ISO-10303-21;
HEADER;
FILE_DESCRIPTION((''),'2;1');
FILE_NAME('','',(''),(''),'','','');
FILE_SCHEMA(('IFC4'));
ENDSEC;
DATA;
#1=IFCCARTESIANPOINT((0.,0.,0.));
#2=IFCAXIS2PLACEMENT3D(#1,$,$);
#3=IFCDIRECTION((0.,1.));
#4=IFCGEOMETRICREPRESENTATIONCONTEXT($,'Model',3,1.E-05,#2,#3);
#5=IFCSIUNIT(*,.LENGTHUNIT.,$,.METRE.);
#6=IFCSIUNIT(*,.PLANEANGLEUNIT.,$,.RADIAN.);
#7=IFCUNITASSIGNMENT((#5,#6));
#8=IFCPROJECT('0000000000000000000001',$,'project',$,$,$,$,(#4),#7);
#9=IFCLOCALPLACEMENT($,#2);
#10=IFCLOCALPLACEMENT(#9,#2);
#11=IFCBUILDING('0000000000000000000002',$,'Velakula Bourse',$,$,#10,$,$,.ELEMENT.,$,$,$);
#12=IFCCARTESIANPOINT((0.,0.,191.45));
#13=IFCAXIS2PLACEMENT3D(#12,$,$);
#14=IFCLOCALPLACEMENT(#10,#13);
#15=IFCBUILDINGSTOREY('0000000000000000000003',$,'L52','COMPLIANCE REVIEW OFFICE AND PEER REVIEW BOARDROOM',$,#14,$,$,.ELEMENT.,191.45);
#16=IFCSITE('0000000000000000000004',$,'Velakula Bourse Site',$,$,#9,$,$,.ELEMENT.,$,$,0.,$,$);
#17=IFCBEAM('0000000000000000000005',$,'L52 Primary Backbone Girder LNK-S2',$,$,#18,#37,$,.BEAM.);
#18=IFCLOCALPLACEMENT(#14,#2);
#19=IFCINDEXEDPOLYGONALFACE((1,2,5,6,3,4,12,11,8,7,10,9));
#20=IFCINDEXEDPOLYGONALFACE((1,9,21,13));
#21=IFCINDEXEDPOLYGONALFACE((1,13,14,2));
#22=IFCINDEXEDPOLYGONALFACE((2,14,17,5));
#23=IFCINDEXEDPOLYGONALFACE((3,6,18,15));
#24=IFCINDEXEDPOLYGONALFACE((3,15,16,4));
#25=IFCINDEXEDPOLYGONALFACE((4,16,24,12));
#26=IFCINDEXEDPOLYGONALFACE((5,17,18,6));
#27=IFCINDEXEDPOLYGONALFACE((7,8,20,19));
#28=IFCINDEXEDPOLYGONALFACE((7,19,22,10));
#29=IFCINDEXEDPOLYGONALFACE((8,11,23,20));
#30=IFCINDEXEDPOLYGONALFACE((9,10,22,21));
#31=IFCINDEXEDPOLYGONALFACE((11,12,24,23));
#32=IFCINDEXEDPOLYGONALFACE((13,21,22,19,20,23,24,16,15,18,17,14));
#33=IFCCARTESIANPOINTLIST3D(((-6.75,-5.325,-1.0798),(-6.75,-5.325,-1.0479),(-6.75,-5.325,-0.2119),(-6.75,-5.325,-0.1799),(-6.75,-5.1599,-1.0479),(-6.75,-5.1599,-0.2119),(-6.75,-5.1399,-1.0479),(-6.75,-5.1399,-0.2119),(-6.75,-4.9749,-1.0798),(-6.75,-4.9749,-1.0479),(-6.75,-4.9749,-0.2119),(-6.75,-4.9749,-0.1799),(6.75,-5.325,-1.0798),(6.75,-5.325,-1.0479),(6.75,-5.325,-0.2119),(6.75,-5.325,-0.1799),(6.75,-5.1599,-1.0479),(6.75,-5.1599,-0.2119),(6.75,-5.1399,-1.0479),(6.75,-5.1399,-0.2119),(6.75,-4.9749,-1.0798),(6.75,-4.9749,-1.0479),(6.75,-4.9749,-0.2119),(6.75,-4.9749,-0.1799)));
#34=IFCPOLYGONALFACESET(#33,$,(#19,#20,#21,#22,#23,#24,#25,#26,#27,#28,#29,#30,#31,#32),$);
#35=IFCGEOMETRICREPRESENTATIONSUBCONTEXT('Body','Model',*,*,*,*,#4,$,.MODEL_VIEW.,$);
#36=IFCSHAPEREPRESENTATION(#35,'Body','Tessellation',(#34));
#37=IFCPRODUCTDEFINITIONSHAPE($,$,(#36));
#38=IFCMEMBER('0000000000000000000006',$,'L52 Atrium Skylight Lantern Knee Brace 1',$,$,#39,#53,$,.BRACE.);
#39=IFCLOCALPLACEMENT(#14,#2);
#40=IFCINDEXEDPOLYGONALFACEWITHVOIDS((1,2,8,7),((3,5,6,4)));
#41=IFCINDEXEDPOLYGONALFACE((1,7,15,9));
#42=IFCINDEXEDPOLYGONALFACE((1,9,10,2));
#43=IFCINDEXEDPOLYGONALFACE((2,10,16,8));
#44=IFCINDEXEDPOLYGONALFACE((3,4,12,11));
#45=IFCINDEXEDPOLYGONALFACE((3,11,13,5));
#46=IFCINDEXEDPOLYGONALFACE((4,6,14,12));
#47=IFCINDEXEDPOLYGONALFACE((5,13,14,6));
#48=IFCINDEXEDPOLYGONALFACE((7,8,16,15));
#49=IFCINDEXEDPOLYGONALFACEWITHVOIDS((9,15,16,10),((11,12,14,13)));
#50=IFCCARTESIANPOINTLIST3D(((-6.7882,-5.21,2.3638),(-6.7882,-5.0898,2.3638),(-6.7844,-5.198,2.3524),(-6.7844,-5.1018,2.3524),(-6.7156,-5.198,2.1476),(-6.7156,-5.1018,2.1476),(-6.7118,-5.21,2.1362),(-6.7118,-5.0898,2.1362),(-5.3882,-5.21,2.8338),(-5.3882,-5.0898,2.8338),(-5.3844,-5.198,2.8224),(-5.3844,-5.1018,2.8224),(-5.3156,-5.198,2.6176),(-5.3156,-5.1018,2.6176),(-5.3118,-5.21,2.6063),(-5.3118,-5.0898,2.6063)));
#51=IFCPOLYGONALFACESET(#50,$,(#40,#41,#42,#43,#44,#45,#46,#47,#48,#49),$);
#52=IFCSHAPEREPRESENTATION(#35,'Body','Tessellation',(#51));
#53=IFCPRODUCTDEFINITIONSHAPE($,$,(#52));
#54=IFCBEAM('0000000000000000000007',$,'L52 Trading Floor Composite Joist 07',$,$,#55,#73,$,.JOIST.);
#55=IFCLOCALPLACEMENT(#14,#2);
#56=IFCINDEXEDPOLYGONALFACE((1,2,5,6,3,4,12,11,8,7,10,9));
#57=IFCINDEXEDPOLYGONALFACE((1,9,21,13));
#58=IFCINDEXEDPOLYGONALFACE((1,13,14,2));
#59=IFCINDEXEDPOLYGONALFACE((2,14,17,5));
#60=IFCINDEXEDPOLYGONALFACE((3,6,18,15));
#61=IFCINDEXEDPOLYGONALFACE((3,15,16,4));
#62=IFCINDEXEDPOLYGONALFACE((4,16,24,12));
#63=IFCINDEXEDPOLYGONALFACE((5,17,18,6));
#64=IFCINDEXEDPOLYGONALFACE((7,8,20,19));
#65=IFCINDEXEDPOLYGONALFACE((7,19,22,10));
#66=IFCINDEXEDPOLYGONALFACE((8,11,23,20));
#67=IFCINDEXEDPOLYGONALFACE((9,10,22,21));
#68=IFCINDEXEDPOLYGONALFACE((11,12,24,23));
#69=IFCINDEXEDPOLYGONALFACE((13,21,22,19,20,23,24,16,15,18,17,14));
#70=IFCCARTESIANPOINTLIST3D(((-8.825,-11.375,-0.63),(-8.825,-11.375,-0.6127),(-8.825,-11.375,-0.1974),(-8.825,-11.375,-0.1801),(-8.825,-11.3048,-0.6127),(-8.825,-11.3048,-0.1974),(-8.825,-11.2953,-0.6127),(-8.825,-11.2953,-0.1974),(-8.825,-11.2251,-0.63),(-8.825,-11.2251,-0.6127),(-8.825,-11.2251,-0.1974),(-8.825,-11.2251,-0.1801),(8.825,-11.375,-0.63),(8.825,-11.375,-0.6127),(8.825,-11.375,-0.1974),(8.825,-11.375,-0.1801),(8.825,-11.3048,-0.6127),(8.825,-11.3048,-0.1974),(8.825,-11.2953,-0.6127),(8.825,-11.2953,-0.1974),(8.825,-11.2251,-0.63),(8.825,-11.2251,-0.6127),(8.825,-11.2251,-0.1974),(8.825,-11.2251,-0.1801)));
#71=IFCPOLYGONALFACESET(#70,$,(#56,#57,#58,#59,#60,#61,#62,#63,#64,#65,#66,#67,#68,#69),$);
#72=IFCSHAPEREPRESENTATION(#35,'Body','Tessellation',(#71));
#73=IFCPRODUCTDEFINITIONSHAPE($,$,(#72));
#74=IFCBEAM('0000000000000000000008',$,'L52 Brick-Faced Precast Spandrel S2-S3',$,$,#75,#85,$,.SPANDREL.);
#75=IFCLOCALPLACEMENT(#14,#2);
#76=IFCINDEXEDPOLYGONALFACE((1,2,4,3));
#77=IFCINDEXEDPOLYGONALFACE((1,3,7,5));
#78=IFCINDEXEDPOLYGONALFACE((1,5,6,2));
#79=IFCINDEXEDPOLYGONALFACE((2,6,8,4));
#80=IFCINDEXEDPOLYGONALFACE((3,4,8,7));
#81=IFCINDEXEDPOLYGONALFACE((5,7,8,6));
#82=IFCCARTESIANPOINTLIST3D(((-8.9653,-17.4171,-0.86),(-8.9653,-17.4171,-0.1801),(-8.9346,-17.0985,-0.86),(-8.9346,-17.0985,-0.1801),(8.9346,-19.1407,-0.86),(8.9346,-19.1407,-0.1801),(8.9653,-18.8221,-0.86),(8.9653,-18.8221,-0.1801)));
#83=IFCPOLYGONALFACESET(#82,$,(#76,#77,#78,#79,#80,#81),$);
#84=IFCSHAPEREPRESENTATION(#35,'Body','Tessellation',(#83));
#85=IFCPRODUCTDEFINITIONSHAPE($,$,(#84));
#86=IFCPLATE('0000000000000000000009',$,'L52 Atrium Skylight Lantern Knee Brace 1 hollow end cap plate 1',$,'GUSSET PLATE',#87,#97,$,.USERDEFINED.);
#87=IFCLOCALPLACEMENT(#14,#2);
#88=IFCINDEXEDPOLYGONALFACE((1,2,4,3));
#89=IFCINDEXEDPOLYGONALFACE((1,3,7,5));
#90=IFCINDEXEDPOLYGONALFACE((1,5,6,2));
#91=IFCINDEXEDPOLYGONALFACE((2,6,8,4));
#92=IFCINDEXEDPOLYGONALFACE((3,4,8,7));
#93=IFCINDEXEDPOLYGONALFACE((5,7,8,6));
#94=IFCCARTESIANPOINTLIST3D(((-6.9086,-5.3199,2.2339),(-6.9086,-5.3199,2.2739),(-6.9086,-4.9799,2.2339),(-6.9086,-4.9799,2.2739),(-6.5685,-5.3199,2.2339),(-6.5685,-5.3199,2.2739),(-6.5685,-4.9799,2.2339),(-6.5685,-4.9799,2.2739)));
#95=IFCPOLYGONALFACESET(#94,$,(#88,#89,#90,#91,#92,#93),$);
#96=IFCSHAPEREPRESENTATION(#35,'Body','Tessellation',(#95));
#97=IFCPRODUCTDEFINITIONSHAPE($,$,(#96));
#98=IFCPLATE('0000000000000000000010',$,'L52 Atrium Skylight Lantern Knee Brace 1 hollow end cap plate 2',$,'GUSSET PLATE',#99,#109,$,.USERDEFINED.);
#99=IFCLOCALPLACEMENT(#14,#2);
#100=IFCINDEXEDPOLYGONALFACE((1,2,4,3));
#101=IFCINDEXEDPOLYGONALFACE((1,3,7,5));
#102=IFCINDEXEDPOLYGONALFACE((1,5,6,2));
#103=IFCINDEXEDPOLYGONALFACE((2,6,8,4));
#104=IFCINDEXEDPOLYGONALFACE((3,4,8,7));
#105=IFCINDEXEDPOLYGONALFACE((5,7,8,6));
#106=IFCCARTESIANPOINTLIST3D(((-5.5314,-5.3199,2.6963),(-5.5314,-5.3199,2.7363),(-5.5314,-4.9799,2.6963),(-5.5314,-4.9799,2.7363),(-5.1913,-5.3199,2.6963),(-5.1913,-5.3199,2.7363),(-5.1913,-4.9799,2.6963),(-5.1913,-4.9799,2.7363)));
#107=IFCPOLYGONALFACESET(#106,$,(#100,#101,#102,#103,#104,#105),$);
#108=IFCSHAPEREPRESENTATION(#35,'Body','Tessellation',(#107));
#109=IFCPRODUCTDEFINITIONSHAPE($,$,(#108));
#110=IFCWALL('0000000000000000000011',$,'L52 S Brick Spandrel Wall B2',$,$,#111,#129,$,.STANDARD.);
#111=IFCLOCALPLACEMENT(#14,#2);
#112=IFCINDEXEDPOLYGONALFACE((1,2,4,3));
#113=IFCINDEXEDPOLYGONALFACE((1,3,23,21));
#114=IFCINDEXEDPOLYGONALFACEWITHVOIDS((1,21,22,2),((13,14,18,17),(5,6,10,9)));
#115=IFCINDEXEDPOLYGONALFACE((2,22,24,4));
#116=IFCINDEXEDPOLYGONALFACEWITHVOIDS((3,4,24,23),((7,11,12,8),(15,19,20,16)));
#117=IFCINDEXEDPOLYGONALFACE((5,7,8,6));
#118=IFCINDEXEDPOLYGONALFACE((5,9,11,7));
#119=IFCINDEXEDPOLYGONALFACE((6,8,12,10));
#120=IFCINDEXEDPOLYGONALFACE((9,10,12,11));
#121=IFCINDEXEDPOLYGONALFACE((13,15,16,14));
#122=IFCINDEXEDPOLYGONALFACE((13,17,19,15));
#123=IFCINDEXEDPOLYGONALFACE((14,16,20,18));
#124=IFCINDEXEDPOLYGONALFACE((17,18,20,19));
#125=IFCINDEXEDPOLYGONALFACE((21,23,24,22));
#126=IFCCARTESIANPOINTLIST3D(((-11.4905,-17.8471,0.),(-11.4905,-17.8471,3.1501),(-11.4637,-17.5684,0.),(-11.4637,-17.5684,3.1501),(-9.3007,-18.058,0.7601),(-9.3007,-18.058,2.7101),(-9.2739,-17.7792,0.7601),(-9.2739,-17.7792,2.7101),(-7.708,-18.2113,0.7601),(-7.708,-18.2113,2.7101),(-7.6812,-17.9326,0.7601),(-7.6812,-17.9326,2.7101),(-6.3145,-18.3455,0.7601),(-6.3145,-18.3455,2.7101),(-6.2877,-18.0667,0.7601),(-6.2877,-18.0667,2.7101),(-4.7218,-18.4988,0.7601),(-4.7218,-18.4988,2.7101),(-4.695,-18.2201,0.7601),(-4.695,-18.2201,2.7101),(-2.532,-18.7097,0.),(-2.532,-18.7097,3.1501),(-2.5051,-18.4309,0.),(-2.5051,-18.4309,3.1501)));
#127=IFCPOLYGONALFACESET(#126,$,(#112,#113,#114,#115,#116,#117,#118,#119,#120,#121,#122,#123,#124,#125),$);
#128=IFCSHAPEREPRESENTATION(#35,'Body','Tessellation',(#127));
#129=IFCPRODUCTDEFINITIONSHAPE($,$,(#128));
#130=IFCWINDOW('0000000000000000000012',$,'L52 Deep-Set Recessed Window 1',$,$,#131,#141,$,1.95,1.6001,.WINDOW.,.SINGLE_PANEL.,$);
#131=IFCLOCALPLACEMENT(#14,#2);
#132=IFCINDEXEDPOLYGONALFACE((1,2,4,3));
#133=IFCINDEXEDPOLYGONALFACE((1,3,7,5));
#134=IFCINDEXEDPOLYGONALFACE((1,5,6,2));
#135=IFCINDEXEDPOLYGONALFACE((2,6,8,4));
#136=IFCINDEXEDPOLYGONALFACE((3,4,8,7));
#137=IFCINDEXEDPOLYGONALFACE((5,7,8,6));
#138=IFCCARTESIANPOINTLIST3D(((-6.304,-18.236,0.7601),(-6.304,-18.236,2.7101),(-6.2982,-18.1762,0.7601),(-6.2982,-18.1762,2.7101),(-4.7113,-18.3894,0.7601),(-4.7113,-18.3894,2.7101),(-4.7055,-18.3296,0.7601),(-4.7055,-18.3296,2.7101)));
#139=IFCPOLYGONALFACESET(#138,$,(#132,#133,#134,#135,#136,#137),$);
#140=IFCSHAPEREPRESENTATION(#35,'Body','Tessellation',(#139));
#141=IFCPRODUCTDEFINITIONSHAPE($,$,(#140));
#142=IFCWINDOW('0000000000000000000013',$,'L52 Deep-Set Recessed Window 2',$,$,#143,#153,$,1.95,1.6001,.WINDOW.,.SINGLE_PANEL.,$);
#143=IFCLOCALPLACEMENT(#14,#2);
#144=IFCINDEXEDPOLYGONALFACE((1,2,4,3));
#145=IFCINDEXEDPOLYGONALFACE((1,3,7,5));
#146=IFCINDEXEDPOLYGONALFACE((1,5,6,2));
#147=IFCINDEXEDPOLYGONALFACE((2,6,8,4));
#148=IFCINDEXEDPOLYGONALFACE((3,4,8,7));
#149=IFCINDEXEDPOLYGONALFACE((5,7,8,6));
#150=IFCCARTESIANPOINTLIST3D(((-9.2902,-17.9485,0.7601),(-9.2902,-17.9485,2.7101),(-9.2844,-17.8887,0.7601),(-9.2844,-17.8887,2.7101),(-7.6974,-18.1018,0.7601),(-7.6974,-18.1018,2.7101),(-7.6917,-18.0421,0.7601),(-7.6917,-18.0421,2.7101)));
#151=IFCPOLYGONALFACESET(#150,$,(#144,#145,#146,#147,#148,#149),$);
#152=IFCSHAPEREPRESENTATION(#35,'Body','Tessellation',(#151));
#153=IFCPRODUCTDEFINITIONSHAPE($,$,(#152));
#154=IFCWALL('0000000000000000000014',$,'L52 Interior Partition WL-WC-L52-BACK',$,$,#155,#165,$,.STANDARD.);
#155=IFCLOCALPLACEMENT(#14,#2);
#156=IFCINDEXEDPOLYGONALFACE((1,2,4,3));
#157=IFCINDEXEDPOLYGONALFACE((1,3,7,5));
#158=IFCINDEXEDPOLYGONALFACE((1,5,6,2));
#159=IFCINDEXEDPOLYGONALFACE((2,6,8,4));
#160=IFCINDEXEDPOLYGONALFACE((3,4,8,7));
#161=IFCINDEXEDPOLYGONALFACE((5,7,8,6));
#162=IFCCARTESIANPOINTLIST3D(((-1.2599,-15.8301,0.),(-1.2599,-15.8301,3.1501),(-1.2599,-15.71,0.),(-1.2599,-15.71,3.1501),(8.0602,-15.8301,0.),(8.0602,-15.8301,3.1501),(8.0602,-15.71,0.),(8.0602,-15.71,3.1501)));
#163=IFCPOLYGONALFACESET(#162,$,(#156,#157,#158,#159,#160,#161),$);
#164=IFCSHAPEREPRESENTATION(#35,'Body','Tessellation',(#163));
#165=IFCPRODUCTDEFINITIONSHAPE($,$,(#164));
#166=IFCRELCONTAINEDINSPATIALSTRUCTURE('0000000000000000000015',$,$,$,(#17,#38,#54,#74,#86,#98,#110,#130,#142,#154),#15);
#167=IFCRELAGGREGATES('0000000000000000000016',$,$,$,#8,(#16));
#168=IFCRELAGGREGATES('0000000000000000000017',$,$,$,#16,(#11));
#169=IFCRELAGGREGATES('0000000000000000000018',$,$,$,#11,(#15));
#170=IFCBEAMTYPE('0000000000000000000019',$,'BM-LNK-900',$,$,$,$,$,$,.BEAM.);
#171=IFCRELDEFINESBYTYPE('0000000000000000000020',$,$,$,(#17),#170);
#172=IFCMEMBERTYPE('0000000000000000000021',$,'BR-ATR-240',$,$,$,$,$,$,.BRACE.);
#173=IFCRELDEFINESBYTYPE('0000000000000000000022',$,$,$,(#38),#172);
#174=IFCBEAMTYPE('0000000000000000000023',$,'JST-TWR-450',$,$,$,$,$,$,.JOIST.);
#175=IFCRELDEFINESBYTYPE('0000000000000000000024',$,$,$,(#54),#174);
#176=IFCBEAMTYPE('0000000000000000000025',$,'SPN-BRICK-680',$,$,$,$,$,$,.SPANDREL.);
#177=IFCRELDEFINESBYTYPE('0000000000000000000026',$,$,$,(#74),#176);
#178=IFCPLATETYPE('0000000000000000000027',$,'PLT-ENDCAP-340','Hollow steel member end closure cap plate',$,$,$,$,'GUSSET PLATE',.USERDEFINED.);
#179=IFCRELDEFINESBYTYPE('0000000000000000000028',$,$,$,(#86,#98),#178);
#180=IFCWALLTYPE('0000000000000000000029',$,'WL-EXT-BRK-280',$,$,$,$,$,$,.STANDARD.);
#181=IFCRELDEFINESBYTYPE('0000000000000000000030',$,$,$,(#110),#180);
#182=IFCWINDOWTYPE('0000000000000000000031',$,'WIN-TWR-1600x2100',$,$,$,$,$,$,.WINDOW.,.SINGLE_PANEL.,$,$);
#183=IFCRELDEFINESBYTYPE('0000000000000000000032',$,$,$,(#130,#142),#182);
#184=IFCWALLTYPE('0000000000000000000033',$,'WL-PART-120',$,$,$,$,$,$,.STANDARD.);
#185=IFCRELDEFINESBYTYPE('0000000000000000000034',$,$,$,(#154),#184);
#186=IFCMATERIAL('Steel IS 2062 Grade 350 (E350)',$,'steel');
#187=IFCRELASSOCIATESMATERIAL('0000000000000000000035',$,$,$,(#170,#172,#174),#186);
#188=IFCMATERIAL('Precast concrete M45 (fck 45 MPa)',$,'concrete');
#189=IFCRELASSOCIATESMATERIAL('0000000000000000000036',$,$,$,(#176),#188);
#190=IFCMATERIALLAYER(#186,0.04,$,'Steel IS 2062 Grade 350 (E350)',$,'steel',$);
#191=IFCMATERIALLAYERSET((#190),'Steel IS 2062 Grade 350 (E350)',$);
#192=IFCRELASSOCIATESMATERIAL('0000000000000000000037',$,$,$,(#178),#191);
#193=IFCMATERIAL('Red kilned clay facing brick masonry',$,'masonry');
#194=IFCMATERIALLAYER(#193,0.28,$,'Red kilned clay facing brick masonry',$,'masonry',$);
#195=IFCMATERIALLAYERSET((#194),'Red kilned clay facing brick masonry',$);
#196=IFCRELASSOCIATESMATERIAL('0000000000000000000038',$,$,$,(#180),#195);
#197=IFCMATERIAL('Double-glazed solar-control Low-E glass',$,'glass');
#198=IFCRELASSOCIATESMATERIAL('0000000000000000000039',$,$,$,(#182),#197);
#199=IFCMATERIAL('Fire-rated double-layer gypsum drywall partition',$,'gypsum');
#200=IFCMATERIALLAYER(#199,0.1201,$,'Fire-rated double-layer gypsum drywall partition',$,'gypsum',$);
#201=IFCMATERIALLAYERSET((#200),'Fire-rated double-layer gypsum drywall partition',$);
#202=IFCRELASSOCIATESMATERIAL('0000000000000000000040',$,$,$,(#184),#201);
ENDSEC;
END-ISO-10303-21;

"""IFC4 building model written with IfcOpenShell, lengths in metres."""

from ifc_helpers import new_model, si_unit, direction, frame, frame_2d, origin, origin_2d, place, context, subcontext, project, spatial, rectangle, hollow_rectangle, i_section, extrude, material, layer, layer_set, material_profile, profile_set, type_object, element, fill, save


model = new_model("IFC4")

# Units and contexts
model_context = context("Model", 3, precision=1e-05, world=origin(), true_north=direction((0.0, 1.0)))
body_context = subcontext(model_context, "Body", "Model", "MODEL_VIEW")
ifc_project = project(units=[si_unit("LENGTHUNIT", "METRE"), si_unit("PLANEANGLEUNIT", "RADIAN")], contexts=[model_context])

# Site, building, storey
site_placement = place(None, origin())
site = spatial("IfcSite", under=ifc_project, at=site_placement, Name="Velakula Bourse Site", CompositionType="ELEMENT", RefElevation=0.0)
building_placement = place(site_placement, origin())
building = spatial("IfcBuilding", under=site, at=building_placement, Name="Velakula Bourse", CompositionType="ELEMENT")
storey_placement = place(building_placement, frame((0.0, 0.0, 191.45)))
storey = spatial("IfcBuildingStorey", under=building, at=storey_placement, Name="L52", Description="COMPLIANCE REVIEW OFFICE AND PEER REVIEW BOARDROOM", CompositionType="ELEMENT", Elevation=191.45)

# Shared definitions
ifc_material_1 = material(Name="Steel IS 2062 Grade 350 (E350)", Category="steel")

# Beam
ifc_material_profile_1 = material_profile(ifc_material_1, i_section(OverallWidth=0.3501, OverallDepth=0.8999, WebThickness=0.02, FlangeThickness=0.032, at=origin_2d()), Name="Steel IS 2062 Grade 350 (E350)")
ifc_profile_set_1 = profile_set([ifc_material_profile_1], Name="Steel IS 2062 Grade 350 (E350)")
beam_type_1 = type_object("IfcBeamType", Name="BM-LNK-900", PredefinedType="BEAM", material=ifc_profile_set_1)
beam_1_placement = place(storey_placement, frame((-6.75, -5.1499, -0.6299), z_axis=(1.0, 0.0, 0.0), x_axis=(0.0, 1.0, 0.0)))
element("IfcBeam", 1, at=beam_1_placement, inside=storey, type_object=beam_type_1, Name="L52 Primary Backbone Girder LNK-S2", PredefinedType="BEAM", context=body_context, shape_type="SweptSolid", body=[
    extrude(i_section(OverallWidth=0.3501, OverallDepth=0.8999, WebThickness=0.02, FlangeThickness=0.032, at=origin_2d()), origin(), (0.0, 0.0, 1.0), 13.5),
])

# Member
ifc_material_profile_2 = material_profile(ifc_material_1, hollow_rectangle(XDim=0.1201, YDim=0.24, WallThickness=0.012, at=origin_2d()), Name="Steel IS 2062 Grade 350 (E350)")
ifc_profile_set_2 = profile_set([ifc_material_profile_2], Name="Steel IS 2062 Grade 350 (E350)")
member_type = type_object("IfcMemberType", Name="BR-ATR-240", PredefinedType="BRACE", material=ifc_profile_set_2)
member_placement = place(storey_placement, frame((-6.75, -5.1499, 2.25), z_axis=(0.948003, 0.0, 0.318261), x_axis=(0.0, 1.0, 0.0)))
element("IfcMember", 2, at=member_placement, inside=storey, type_object=member_type, Name="L52 Atrium Skylight Lantern Knee Brace 1", PredefinedType="BRACE", context=body_context, shape_type="SweptSolid", body=[
    extrude(hollow_rectangle(XDim=0.1201, YDim=0.24, WallThickness=0.012, at=origin_2d()), origin(), (0.0, 0.0, 1.0), 1.4768),
])

# Beams
ifc_material_profile_3 = material_profile(ifc_material_1, i_section(OverallWidth=0.1499, OverallDepth=0.45, WebThickness=0.0095, FlangeThickness=0.0173, at=origin_2d()), Name="Steel IS 2062 Grade 350 (E350)")
ifc_profile_set_3 = profile_set([ifc_material_profile_3], Name="Steel IS 2062 Grade 350 (E350)")
beam_type_2 = type_object("IfcBeamType", Name="JST-TWR-450", PredefinedType="JOIST", material=ifc_profile_set_3)
beam_2_placement = place(storey_placement, frame((-8.825, -11.3, -0.405), z_axis=(1.0, 0.0, 0.0), x_axis=(0.0, 1.0, 0.0)))
element("IfcBeam", 3, at=beam_2_placement, inside=storey, type_object=beam_type_2, Name="L52 Trading Floor Composite Joist 07", PredefinedType="JOIST", context=body_context, shape_type="SweptSolid", body=[
    extrude(i_section(OverallWidth=0.1499, OverallDepth=0.45, WebThickness=0.0095, FlangeThickness=0.0173, at=origin_2d()), origin(), (0.0, 0.0, 1.0), 17.6499),
])
ifc_material_2 = material(Name="Precast concrete M45 (fck 45 MPa)", Category="concrete")
ifc_material_profile_4 = material_profile(ifc_material_2, rectangle(XDim=0.3201, YDim=0.6799, at=origin_2d()), Name="Precast concrete M45 (fck 45 MPa)")
ifc_profile_set_4 = profile_set([ifc_material_profile_4], Name="Precast concrete M45 (fck 45 MPa)")
beam_type_3 = type_object("IfcBeamType", Name="SPN-BRICK-680", PredefinedType="SPANDREL", material=ifc_profile_set_4)
beam_3_placement = place(storey_placement, frame((-8.95, -17.2578, -0.52), z_axis=(0.995396, -0.09585, 0.0), x_axis=(0.09585, 0.995396, 0.0)))
element("IfcBeam", 4, at=beam_3_placement, inside=storey, type_object=beam_type_3, Name="L52 Brick-Faced Precast Spandrel S2-S3", PredefinedType="SPANDREL", context=body_context, shape_type="SweptSolid", body=[
    extrude(rectangle(XDim=0.3201, YDim=0.6799, at=origin_2d()), origin(), (0.0, 0.0, 1.0), 17.9827),
])

# Plates
ifc_layer_1 = layer(ifc_material_1, 0.04, Name="Steel IS 2062 Grade 350 (E350)", Category="steel")
ifc_layer_set_1 = layer_set([ifc_layer_1], Name="Steel IS 2062 Grade 350 (E350)")
plate_type = type_object("IfcPlateType", Name="PLT-ENDCAP-340", Description="Hollow steel member end closure cap plate", ElementType="GUSSET PLATE", PredefinedType="USERDEFINED", material=ifc_layer_set_1)
for number, where, z_axis, x_axis, name in (
    (5, (-6.7385, -5.1499, 2.2339), (0.0, 0.0, 1.0), (1.0, 0.0, 0.0), "L52 Atrium Skylight Lantern Knee Brace 1 hollow end cap plate 1"),
    (6, (-5.3613, -5.1499, 2.6963), (0.0, 0.0, 1.0), (1.0, 0.0, 0.0), "L52 Atrium Skylight Lantern Knee Brace 1 hollow end cap plate 2"),
):
    element("IfcPlate", number, at=place(storey_placement, frame(where, z_axis=z_axis, x_axis=x_axis)), inside=storey, type_object=plate_type, Name=name, ObjectType="GUSSET PLATE", PredefinedType="USERDEFINED", context=body_context, shape_type="SweptSolid", body=[
        extrude(rectangle(XDim=0.3401, YDim=0.3401, at=origin_2d()), origin(), (0.0, 0.0, 1.0), 0.04),
    ])

# Wall, openings, windows
ifc_material_3 = material(Name="Red kilned clay facing brick masonry", Category="masonry")
ifc_layer_2 = layer(ifc_material_3, 0.28, Name="Red kilned clay facing brick masonry", Category="masonry")
ifc_layer_set_2 = layer_set([ifc_layer_2], Name="Red kilned clay facing brick masonry")
wall_type_1 = type_object("IfcWallType", Name="WL-EXT-BRK-280", PredefinedType="STANDARD", material=ifc_layer_set_2)
wall_1_placement = place(storey_placement, frame((-2.5186, -18.5703, 0.0), z_axis=(0.0, 0.0, 1.0), x_axis=(-0.995397, 0.09584, 0.0)))
wall_1 = element("IfcWall", 7, at=wall_1_placement, inside=storey, type_object=wall_type_1, Name="L52 S Brick Spandrel Wall B2", PredefinedType="STANDARD", context=body_context, shape_type="SweptSolid", body=[
    extrude(rectangle(XDim=9.0, YDim=0.28, at=frame_2d((4.5, 0.0))), origin(), (0.0, 0.0, 1.0), 3.1501),
])
opening_1_placement = place(wall_1_placement, frame((2.2, 0.0, 0.76)))
opening_1 = element("IfcOpeningElement", 8, at=opening_1_placement, cuts=wall_1, PredefinedType="OPENING", context=body_context, shape_type="SweptSolid", body=[
    extrude(rectangle(XDim=1.6001, YDim=1.95, at=frame_2d((0.8, 0.9751))), frame((0.0, 0.1499, 0.0), z_axis=(0.0, -1.0, 0.0), x_axis=(1.0, 0.0, 0.0)), (0.0, 0.0, 1.0), 0.3),
])
opening_2_placement = place(wall_1_placement, frame((5.2, 0.0, 0.76)))
opening_2 = element("IfcOpeningElement", 9, at=opening_2_placement, cuts=wall_1, PredefinedType="OPENING", context=body_context, shape_type="SweptSolid", body=[
    extrude(rectangle(XDim=1.6001, YDim=1.95, at=frame_2d((0.8, 0.9751))), frame((0.0, 0.1499, 0.0), z_axis=(0.0, -1.0, 0.0), x_axis=(1.0, 0.0, 0.0)), (0.0, 0.0, 1.0), 0.3),
])
ifc_material_4 = material(Name="Double-glazed solar-control Low-E glass", Category="glass")
window_type = type_object("IfcWindowType", Name="WIN-TWR-1600x2100", PartitioningType="SINGLE_PANEL", PredefinedType="WINDOW", material=ifc_material_4)
window_1_placement = place(opening_1_placement, origin())
window_1 = element("IfcWindow", 10, at=window_1_placement, inside=storey, type_object=window_type, Name="L52 Deep-Set Recessed Window 1", OverallHeight=1.95, OverallWidth=1.6001, PartitioningType="SINGLE_PANEL", PredefinedType="WINDOW", context=body_context, shape_type="SweptSolid", body=[
    extrude(rectangle(XDim=1.6001, YDim=1.95, at=frame_2d((0.8, 0.9751))), frame((0.0, 0.03, 0.0), z_axis=(0.0, -1.0, 0.0), x_axis=(1.0, 0.0, 0.0)), (0.0, 0.0, 1.0), 0.0601),
])
fill(opening_1, window_1)
window_2_placement = place(opening_2_placement, origin())
window_2 = element("IfcWindow", 11, at=window_2_placement, inside=storey, type_object=window_type, Name="L52 Deep-Set Recessed Window 2", OverallHeight=1.95, OverallWidth=1.6001, PartitioningType="SINGLE_PANEL", PredefinedType="WINDOW", context=body_context, shape_type="SweptSolid", body=[
    extrude(rectangle(XDim=1.6001, YDim=1.95, at=frame_2d((0.8, 0.9751))), frame((0.0, 0.03, 0.0), z_axis=(0.0, -1.0, 0.0), x_axis=(1.0, 0.0, 0.0)), (0.0, 0.0, 1.0), 0.0601),
])
fill(opening_2, window_2)

# Wall
ifc_material_5 = material(Name="Fire-rated double-layer gypsum drywall partition", Category="gypsum")
ifc_layer_3 = layer(ifc_material_5, 0.1201, Name="Fire-rated double-layer gypsum drywall partition", Category="gypsum")
ifc_layer_set_3 = layer_set([ifc_layer_3], Name="Fire-rated double-layer gypsum drywall partition")
wall_type_2 = type_object("IfcWallType", Name="WL-PART-120", PredefinedType="STANDARD", material=ifc_layer_set_3)
wall_2_placement = place(storey_placement, frame((-1.26, -15.77, 0.0), z_axis=(0.0, 0.0, 1.0), x_axis=(1.0, 0.0, 0.0)))
element("IfcWall", 12, at=wall_2_placement, inside=storey, type_object=wall_type_2, Name="L52 Interior Partition WL-WC-L52-BACK", PredefinedType="STANDARD", context=body_context, shape_type="SweptSolid", body=[
    extrude(rectangle(XDim=9.3201, YDim=0.1201, at=frame_2d((4.6602, 0.0))), origin(), (0.0, 0.0, 1.0), 3.1501),
])

save(model, "model.ifc")
